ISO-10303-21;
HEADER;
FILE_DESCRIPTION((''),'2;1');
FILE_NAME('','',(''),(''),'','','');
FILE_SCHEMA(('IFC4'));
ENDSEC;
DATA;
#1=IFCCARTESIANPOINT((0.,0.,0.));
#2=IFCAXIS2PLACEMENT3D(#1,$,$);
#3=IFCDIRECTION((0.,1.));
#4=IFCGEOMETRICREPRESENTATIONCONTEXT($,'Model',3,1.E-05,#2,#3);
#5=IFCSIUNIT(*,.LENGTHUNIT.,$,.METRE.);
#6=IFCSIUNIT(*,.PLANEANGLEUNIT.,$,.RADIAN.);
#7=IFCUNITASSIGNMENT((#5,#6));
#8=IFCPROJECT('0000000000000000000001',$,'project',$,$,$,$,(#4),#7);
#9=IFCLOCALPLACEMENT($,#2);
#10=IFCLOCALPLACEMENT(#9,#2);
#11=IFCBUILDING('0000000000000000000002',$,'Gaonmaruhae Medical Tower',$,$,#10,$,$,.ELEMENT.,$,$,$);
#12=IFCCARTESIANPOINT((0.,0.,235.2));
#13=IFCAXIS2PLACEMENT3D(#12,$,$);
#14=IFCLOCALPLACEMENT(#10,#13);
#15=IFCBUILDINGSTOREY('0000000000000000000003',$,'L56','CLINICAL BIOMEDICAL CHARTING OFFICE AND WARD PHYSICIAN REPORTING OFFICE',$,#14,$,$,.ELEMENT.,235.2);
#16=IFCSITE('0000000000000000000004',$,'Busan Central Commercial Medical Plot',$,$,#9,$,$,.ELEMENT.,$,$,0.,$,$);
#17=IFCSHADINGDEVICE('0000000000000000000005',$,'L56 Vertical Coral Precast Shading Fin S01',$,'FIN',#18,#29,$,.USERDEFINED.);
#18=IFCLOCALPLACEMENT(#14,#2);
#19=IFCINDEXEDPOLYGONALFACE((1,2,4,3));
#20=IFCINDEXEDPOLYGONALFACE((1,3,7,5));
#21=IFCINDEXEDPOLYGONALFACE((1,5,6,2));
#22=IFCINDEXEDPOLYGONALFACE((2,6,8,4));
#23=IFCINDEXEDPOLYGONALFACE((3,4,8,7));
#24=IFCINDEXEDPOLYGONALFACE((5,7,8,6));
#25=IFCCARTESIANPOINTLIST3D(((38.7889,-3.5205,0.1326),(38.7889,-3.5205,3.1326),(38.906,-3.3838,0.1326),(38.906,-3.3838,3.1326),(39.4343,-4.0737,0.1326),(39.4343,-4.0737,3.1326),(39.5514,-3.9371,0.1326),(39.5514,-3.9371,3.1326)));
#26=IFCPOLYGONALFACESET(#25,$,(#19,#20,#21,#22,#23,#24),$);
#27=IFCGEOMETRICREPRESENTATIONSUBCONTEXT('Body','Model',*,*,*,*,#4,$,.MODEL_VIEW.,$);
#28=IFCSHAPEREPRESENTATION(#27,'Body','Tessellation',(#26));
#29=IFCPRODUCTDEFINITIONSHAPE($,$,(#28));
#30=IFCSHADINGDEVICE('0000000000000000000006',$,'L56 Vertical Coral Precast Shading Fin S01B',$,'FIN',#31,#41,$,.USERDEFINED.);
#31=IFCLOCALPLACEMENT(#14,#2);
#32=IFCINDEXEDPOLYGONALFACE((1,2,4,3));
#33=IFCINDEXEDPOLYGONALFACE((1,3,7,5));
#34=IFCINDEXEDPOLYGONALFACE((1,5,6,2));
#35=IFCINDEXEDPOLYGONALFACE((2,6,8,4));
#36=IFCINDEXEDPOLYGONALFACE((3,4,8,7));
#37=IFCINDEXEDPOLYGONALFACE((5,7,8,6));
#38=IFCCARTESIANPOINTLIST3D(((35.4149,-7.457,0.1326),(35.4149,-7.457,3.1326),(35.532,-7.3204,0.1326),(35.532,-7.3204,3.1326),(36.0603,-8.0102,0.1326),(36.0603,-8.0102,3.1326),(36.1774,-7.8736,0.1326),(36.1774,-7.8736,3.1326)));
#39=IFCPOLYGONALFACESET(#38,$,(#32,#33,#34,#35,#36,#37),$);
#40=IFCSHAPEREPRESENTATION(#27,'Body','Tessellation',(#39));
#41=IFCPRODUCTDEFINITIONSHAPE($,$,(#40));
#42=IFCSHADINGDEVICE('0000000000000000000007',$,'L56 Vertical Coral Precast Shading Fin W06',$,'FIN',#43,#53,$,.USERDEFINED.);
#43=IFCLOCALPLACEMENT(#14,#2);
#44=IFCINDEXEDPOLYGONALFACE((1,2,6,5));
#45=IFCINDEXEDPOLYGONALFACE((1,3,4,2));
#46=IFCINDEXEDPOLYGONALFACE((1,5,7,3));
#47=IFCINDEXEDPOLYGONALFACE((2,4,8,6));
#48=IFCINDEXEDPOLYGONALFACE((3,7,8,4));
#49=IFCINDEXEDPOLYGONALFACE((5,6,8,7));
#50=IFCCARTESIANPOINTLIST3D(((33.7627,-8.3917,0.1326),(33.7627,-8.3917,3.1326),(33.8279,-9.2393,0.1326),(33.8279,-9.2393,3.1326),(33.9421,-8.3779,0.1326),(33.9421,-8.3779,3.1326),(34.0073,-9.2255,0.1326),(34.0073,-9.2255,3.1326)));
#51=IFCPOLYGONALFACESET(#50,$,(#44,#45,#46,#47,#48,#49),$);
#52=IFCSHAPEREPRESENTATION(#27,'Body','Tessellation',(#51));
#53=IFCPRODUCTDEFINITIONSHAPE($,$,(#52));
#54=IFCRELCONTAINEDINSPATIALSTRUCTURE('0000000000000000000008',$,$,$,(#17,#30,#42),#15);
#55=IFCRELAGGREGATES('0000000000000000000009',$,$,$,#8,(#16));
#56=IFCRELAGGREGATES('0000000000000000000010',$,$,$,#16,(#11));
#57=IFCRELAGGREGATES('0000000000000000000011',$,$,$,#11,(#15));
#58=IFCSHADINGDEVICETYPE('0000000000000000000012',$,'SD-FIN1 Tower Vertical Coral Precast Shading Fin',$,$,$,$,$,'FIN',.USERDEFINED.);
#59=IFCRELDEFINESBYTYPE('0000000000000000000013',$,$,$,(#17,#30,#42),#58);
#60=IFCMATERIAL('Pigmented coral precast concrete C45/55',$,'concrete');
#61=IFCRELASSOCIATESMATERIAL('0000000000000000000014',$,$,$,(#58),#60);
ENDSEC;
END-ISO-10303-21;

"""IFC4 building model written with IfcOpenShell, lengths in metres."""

from ifc_helpers import new_model, si_unit, direction, frame, origin, origin_2d, place, context, subcontext, project, spatial, rectangle, extrude, material, type_object, element, save


model = new_model("IFC4")

# Units and contexts
model_context = context("Model", 3, precision=1e-05, world=origin(), true_north=direction((0.0, 1.0)))
body_context = subcontext(model_context, "Body", "Model", "MODEL_VIEW")
ifc_project = project(units=[si_unit("LENGTHUNIT", "METRE"), si_unit("PLANEANGLEUNIT", "RADIAN")], contexts=[model_context])

# Site, building, storey
site_placement = place(None, origin())
site = spatial("IfcSite", under=ifc_project, at=site_placement, Name="Busan Central Commercial Medical Plot", CompositionType="ELEMENT", RefElevation=0.0)
building_placement = place(site_placement, origin())
building = spatial("IfcBuilding", under=site, at=building_placement, Name="Gaonmaruhae Medical Tower", CompositionType="ELEMENT")
storey_placement = place(building_placement, frame((0.0, 0.0, 235.2)))
storey = spatial("IfcBuildingStorey", under=building, at=storey_placement, Name="L56", Description="CLINICAL BIOMEDICAL CHARTING OFFICE AND WARD PHYSICIAN REPORTING OFFICE", CompositionType="ELEMENT", Elevation=235.2)

# Shading devices
ifc_material_1 = material(Name="Pigmented coral precast concrete C45/55", Category="concrete")
shading_device_type = type_object("IfcShadingDeviceType", Name="SD-FIN1 Tower Vertical Coral Precast Shading Fin", ElementType="FIN", PredefinedType="USERDEFINED", material=ifc_material_1)
for number, where, z_axis, x_axis, name in (
    (1, (39.1702, -3.7288, 0.1326), (0.0, 0.0, 1.0), (-0.650774, -0.759271, 0.0), "L56 Vertical Coral Precast Shading Fin S01"),
    (2, (35.7961, -7.6653, 0.1326), (0.0, 0.0, 1.0), (-0.650774, -0.759271, 0.0), "L56 Vertical Coral Precast Shading Fin S01B"),
    (3, (33.885, -8.8086, 0.1326), (0.0, 0.0, 1.0), (-0.997051, -0.076736, 0.0), "L56 Vertical Coral Precast Shading Fin W06"),
):
    element("IfcShadingDevice", number, at=place(storey_placement, frame(where, z_axis=z_axis, x_axis=x_axis)), inside=storey, type_object=shading_device_type, Name=name, ObjectType="FIN", PredefinedType="USERDEFINED", context=body_context, shape_type="SweptSolid", body=[
        extrude(rectangle(XDim=0.1799, YDim=0.8501, at=origin_2d()), origin(), (0.0, 0.0, 1.0), 3.0),
    ])

save(model, "model.ifc")
